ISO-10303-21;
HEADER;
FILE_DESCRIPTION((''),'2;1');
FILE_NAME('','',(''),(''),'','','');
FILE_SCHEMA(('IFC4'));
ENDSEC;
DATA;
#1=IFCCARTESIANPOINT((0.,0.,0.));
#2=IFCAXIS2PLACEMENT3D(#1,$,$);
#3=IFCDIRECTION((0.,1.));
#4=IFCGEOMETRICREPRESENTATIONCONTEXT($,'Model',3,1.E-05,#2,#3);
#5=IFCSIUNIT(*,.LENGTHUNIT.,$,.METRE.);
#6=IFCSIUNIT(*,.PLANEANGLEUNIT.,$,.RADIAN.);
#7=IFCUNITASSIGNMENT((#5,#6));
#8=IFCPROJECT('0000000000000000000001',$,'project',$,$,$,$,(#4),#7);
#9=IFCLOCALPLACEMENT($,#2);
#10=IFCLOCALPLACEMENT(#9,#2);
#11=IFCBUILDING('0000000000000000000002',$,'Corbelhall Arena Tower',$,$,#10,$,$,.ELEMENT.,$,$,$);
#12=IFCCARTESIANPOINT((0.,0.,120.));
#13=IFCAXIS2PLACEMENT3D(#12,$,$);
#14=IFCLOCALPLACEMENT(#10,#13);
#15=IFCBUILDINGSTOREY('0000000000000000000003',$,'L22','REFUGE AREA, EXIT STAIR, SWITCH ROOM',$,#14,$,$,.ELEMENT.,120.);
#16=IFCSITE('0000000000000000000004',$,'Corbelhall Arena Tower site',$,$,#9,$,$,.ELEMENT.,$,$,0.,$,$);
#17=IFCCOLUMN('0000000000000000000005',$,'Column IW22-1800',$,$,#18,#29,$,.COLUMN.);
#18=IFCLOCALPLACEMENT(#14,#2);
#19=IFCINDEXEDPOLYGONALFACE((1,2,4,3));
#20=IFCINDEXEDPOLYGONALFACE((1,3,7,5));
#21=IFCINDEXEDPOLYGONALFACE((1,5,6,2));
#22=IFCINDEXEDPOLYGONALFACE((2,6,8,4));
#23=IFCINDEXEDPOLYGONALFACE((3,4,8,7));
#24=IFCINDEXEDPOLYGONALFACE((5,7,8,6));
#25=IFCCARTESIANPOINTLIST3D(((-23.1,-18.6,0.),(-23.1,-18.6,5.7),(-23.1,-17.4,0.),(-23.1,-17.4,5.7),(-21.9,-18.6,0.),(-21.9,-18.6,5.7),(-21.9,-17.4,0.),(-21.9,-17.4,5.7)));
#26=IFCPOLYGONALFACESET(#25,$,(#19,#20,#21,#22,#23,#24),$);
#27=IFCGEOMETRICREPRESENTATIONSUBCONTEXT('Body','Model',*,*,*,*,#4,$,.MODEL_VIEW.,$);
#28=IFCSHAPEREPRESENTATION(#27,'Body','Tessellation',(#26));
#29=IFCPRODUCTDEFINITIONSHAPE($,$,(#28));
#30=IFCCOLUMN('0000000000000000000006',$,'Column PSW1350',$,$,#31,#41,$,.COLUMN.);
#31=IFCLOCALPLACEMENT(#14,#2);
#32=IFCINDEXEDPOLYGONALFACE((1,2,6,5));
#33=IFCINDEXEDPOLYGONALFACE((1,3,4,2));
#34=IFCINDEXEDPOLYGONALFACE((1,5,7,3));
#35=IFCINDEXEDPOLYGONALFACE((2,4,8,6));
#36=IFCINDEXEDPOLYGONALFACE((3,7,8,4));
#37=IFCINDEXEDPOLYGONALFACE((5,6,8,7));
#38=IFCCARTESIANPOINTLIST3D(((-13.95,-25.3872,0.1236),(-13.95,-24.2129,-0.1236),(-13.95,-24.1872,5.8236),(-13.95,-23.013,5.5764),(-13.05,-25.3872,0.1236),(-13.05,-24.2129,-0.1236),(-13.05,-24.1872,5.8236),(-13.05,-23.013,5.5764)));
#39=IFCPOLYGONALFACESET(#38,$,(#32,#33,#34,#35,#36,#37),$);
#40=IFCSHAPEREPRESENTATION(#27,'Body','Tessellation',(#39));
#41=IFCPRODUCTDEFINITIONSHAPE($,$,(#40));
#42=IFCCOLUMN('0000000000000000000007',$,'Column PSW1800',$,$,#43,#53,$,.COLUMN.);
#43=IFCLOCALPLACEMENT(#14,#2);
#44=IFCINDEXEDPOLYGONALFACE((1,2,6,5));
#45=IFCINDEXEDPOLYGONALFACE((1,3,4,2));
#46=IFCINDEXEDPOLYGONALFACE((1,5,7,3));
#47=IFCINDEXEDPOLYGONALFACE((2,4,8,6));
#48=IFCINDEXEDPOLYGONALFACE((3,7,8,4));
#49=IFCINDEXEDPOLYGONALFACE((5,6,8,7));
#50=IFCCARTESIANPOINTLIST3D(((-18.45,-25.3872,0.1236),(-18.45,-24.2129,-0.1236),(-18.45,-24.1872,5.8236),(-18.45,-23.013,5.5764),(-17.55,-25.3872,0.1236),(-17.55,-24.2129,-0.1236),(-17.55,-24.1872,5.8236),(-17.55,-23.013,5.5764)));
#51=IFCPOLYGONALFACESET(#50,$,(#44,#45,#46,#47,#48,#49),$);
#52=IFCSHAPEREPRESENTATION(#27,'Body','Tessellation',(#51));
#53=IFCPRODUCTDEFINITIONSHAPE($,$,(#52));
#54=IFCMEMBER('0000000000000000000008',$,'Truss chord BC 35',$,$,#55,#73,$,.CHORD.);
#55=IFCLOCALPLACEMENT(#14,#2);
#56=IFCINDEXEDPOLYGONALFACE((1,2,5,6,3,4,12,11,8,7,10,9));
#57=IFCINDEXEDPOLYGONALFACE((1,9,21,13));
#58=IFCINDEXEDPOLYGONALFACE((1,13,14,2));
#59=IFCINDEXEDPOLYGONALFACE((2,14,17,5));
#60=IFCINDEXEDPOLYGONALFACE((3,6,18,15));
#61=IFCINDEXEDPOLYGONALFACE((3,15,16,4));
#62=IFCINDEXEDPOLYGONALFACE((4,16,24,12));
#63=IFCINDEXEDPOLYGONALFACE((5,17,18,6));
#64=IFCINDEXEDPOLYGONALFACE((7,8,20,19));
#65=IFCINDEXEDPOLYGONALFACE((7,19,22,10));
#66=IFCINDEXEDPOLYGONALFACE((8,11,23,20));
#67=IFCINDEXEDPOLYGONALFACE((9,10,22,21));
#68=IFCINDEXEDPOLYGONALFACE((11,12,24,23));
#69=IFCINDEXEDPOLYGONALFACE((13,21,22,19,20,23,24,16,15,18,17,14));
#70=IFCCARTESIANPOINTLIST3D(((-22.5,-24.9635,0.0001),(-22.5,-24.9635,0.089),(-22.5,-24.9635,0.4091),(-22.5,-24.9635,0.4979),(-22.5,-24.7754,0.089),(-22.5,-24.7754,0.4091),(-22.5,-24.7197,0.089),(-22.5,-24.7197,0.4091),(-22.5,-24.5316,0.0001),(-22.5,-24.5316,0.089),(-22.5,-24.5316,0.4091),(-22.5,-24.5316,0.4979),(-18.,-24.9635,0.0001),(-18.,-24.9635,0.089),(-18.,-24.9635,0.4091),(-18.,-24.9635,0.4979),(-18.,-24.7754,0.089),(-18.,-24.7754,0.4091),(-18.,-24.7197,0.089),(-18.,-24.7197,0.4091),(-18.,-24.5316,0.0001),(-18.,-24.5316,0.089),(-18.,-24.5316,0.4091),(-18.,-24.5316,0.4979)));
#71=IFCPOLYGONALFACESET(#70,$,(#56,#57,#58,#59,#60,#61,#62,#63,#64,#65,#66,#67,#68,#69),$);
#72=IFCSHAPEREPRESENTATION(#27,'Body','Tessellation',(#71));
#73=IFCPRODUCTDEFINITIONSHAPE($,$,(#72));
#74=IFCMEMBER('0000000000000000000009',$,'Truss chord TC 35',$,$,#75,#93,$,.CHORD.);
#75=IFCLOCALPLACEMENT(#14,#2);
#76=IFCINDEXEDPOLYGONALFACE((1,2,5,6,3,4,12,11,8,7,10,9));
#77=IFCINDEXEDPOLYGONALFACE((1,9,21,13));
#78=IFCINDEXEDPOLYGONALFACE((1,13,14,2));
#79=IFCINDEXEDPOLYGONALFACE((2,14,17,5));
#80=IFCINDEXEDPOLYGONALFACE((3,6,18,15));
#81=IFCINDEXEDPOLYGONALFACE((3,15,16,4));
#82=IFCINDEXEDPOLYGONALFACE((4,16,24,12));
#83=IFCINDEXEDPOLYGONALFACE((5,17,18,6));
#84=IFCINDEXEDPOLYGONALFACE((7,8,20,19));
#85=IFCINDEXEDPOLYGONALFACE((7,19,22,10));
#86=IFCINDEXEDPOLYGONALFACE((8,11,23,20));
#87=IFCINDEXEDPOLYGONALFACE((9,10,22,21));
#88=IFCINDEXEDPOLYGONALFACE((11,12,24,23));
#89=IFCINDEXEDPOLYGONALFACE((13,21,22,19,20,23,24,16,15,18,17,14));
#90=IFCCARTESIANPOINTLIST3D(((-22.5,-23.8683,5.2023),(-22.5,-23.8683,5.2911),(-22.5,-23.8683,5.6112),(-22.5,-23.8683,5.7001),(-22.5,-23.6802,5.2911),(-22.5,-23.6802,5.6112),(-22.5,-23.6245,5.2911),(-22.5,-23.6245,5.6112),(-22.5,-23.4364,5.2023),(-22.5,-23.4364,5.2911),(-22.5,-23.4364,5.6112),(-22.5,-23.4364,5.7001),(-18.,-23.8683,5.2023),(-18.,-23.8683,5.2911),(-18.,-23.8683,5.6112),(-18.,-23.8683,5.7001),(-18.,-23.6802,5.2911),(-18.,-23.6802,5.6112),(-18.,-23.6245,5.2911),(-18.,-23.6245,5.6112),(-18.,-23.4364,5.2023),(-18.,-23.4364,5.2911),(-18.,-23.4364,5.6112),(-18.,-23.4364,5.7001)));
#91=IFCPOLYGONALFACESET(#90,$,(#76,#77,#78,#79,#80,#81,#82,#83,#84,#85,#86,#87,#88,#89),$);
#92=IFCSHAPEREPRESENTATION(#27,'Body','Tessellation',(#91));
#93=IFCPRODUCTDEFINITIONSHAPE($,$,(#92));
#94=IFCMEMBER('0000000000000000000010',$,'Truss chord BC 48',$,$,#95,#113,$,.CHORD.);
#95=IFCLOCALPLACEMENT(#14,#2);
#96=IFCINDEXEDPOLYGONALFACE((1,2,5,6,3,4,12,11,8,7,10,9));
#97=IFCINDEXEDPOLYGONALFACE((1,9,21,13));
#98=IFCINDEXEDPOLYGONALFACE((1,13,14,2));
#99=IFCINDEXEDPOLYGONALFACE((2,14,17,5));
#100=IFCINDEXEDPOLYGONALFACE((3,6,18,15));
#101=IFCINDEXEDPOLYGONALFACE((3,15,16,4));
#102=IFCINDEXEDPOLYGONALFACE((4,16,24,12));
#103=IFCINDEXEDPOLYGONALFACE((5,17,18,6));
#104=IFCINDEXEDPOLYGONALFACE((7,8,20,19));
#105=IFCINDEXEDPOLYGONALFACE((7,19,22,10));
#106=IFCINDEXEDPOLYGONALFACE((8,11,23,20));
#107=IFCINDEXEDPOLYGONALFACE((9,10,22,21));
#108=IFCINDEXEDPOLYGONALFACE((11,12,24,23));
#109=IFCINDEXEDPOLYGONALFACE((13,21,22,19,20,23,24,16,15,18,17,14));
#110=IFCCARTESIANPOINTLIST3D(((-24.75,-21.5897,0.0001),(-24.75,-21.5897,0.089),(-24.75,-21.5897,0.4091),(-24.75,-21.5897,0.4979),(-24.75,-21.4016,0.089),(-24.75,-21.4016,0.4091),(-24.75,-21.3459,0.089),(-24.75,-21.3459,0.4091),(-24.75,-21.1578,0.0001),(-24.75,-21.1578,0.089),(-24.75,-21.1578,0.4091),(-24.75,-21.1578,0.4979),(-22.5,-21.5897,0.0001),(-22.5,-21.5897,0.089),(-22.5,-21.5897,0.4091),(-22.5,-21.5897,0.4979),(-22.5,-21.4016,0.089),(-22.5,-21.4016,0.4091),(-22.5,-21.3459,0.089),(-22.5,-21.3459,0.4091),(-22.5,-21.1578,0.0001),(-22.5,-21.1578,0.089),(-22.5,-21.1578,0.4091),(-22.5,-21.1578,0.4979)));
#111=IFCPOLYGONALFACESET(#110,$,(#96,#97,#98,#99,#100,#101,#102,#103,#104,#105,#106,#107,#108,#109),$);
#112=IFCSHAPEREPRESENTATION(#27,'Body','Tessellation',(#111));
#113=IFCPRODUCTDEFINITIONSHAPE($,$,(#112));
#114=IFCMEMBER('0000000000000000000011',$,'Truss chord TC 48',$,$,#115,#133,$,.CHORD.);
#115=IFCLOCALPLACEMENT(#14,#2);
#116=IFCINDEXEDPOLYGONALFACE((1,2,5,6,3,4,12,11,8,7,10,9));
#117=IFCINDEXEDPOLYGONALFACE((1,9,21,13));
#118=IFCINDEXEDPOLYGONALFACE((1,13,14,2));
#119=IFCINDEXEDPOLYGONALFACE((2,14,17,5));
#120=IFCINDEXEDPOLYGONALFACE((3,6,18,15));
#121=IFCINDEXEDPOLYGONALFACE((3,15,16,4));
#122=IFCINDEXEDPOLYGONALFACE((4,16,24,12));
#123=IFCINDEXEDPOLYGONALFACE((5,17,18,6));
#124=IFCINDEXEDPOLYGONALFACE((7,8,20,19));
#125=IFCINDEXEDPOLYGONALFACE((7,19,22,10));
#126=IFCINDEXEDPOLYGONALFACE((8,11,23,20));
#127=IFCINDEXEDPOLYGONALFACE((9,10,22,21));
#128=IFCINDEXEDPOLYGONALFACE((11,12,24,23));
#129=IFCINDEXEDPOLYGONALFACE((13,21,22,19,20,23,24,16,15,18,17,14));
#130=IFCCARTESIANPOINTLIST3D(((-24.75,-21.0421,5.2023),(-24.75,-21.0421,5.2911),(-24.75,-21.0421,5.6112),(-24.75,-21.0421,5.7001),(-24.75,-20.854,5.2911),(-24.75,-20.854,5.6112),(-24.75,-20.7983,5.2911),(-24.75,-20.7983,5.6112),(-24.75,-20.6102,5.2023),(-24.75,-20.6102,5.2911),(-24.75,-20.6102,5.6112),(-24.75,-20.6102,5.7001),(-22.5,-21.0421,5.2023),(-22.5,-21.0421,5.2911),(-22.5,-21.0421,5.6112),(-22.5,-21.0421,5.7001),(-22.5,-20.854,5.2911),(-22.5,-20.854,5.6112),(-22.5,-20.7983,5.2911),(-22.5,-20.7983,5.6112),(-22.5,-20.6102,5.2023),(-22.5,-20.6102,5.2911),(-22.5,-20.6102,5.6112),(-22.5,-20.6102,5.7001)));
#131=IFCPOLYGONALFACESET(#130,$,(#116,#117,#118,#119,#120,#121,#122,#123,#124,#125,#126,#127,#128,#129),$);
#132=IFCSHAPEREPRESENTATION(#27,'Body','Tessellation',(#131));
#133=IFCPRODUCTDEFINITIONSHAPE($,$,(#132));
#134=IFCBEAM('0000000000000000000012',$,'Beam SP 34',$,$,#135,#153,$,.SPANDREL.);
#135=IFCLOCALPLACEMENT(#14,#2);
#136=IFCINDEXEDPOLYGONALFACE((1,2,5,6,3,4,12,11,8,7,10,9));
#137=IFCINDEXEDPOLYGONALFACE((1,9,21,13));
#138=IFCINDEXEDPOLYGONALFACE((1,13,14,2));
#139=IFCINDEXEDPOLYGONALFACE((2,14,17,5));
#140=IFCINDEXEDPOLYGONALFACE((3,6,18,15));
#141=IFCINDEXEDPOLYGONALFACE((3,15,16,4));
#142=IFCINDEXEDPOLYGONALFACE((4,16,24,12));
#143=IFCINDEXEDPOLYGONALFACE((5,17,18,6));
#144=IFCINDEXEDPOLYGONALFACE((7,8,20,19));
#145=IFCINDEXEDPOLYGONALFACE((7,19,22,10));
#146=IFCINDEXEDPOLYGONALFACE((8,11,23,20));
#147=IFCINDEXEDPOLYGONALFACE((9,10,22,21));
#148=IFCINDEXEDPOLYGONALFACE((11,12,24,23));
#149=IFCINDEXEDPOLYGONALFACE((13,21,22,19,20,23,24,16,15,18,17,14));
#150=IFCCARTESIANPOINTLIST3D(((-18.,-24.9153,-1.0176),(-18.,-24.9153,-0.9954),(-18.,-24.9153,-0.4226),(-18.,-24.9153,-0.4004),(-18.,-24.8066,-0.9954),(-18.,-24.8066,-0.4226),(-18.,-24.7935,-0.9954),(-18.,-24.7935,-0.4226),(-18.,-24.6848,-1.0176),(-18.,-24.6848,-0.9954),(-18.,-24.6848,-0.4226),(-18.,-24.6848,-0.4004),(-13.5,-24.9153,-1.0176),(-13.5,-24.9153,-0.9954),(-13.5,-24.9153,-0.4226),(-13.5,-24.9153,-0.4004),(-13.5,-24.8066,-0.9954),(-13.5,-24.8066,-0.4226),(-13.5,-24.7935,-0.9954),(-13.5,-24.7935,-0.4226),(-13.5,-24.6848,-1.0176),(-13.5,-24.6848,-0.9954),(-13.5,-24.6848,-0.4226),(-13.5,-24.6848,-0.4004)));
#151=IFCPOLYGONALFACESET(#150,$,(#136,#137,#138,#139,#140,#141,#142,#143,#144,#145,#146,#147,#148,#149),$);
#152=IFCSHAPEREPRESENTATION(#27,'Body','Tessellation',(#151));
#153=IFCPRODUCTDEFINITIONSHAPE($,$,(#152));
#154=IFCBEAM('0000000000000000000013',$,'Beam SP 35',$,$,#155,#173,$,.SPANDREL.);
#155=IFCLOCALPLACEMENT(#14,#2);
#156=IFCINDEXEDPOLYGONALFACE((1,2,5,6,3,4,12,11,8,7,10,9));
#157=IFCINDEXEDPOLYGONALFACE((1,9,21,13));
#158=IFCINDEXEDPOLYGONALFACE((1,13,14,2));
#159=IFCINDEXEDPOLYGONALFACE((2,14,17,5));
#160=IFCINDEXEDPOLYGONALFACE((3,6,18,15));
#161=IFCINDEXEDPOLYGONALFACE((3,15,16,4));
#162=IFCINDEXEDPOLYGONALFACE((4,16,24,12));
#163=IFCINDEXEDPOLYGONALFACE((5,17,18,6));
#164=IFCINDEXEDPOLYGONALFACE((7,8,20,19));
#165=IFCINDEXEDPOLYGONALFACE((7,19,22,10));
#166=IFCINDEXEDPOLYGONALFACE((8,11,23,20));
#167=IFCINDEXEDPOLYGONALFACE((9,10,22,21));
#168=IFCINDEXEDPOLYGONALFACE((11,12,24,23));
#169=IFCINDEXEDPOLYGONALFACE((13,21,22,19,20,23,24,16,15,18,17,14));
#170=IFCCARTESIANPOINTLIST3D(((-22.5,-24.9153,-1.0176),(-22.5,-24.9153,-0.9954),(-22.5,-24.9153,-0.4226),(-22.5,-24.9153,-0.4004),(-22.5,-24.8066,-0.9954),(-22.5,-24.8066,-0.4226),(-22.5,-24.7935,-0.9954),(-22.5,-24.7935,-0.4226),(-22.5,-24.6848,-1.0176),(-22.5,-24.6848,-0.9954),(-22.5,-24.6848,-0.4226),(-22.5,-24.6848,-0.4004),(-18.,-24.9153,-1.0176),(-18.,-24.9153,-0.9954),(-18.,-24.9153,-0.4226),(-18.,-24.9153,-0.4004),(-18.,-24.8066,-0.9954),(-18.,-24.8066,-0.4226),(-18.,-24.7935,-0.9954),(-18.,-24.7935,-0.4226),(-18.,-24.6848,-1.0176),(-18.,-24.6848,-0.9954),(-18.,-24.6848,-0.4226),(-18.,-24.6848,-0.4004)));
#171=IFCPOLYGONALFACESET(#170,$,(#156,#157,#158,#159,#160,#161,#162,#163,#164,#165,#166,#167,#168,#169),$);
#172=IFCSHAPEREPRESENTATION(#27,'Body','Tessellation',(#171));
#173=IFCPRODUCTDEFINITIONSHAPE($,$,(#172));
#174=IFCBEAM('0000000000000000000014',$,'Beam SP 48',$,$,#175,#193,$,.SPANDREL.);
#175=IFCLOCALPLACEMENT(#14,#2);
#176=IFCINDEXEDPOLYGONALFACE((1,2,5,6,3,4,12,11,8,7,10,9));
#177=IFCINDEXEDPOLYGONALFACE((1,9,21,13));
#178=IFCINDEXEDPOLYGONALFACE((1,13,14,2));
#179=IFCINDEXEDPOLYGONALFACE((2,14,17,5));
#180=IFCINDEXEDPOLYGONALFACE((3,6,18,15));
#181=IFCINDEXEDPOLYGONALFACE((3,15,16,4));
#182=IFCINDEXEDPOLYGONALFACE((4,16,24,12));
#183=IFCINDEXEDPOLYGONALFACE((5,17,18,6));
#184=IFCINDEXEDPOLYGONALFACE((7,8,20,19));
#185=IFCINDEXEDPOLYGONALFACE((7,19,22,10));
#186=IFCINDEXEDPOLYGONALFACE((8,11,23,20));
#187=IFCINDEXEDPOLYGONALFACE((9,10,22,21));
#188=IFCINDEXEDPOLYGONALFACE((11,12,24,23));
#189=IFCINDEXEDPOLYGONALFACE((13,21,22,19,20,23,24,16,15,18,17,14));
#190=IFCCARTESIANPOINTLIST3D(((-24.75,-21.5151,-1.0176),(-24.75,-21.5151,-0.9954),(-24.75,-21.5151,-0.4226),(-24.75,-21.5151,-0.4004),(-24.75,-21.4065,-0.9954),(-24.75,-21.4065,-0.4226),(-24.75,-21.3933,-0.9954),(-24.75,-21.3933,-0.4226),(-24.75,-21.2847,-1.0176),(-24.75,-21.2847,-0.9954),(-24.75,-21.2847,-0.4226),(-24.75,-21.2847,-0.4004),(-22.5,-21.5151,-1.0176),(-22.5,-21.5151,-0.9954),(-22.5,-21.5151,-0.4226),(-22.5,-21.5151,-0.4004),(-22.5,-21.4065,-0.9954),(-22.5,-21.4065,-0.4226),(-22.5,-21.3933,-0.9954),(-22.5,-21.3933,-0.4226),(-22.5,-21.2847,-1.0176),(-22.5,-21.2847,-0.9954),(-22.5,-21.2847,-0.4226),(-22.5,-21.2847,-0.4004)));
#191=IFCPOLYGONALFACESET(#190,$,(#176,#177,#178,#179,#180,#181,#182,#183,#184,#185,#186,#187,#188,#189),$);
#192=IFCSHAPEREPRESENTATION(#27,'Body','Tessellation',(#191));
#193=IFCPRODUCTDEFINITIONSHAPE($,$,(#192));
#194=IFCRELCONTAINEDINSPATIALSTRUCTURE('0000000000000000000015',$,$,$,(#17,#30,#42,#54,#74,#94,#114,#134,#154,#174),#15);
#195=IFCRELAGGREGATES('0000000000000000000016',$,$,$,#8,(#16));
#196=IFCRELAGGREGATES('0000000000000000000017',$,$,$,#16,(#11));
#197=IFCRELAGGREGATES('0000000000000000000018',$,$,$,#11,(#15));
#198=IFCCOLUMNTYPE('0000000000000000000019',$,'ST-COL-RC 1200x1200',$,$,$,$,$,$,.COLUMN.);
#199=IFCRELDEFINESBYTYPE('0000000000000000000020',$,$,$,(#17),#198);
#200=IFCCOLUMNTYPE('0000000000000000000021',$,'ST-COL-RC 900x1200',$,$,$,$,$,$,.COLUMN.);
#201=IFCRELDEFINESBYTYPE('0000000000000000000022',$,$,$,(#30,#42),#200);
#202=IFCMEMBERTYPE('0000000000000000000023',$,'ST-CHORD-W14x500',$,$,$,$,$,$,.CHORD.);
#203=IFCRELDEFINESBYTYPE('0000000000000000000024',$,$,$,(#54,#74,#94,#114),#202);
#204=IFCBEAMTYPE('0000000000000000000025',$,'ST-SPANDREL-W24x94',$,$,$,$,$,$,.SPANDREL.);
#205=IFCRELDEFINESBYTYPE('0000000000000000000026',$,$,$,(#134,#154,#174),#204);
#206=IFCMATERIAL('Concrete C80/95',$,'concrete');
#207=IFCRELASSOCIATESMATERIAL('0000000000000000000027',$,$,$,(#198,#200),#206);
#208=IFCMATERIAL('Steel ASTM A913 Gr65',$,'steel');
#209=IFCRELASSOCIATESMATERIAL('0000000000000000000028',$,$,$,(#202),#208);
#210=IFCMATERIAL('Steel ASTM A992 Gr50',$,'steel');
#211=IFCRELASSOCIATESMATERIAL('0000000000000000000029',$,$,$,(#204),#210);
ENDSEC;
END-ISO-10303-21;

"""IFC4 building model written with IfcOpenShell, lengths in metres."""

from ifc_helpers import new_model, si_unit, direction, frame, origin, origin_2d, place, context, subcontext, project, spatial, rectangle, i_section, extrude, material, material_profile, profile_set, type_object, element, save


model = new_model("IFC4")

# Units and contexts
model_context = context("Model", 3, precision=1e-05, world=origin(), true_north=direction((0.0, 1.0)))
body_context = subcontext(model_context, "Body", "Model", "MODEL_VIEW")
ifc_project = project(units=[si_unit("LENGTHUNIT", "METRE"), si_unit("PLANEANGLEUNIT", "RADIAN")], contexts=[model_context])

# Site, building, storey
site_placement = place(None, origin())
site = spatial("IfcSite", under=ifc_project, at=site_placement, Name="Corbelhall Arena Tower site", CompositionType="ELEMENT", RefElevation=0.0)
building_placement = place(site_placement, origin())
building = spatial("IfcBuilding", under=site, at=building_placement, Name="Corbelhall Arena Tower", CompositionType="ELEMENT")
storey_placement = place(building_placement, frame((0.0, 0.0, 120.0)))
storey = spatial("IfcBuildingStorey", under=building, at=storey_placement, Name="L22", Description="REFUGE AREA, EXIT STAIR, SWITCH ROOM", CompositionType="ELEMENT", Elevation=120.0)

# Columns
ifc_material_1 = material(Name="Concrete C80/95", Category="concrete")
ifc_material_profile_1 = material_profile(ifc_material_1, rectangle(XDim=1.2, YDim=1.2, at=origin_2d()))
ifc_profile_set_1 = profile_set([ifc_material_profile_1], Name="Concrete C80/95")
column_type_1 = type_object("IfcColumnType", Name="ST-COL-RC 1200x1200", PredefinedType="COLUMN", material=ifc_profile_set_1)
column_placement = place(storey_placement, frame((-22.5, -18.0, 0.0), z_axis=(0.0, 0.0, 1.0), x_axis=(1.0, 0.0, 0.0)))
element("IfcColumn", 1, at=column_placement, inside=storey, type_object=column_type_1, Name="Column IW22-1800", PredefinedType="COLUMN", context=body_context, shape_type="SweptSolid", body=[
    extrude(rectangle(XDim=1.2, YDim=1.2, at=origin_2d()), origin(), (0.0, 0.0, 1.0), 5.7),
])
ifc_material_profile_2 = material_profile(ifc_material_1, rectangle(XDim=0.8999, YDim=1.2, at=origin_2d()))
ifc_profile_set_2 = profile_set([ifc_material_profile_2], Name="Concrete C80/95")
column_type_2 = type_object("IfcColumnType", Name="ST-COL-RC 900x1200", PredefinedType="COLUMN", material=ifc_profile_set_2)
for number, where, z_axis, x_axis, name in (
    (2, (-13.5, -24.8, 0.0), (0.0, 0.206004, 0.978551), (-1.0, 0.0, 0.0), "Column PSW1350"),
    (3, (-18.0, -24.8, 0.0), (0.0, 0.206004, 0.978551), (-1.0, 0.0, 0.0), "Column PSW1800"),
):
    element("IfcColumn", number, at=place(storey_placement, frame(where, z_axis=z_axis, x_axis=x_axis)), inside=storey, type_object=column_type_2, Name=name, PredefinedType="COLUMN", context=body_context, shape_type="SweptSolid", body=[
        extrude(rectangle(XDim=0.8999, YDim=1.2, at=origin_2d()), origin(), (0.0, 0.0, 1.0), 5.825),
    ])

# Members
ifc_material_2 = material(Name="Steel ASTM A913 Gr65", Category="steel")
ifc_material_profile_3 = material_profile(ifc_material_2, i_section(OverallWidth=0.4319, OverallDepth=0.4978, WebThickness=0.0557, FlangeThickness=0.0889, at=origin_2d()))
ifc_profile_set_3 = profile_set([ifc_material_profile_3], Name="Steel ASTM A913 Gr65")
member_type_1 = type_object("IfcMemberType", Name="ST-CHORD-W14x500", PredefinedType="CHORD", material=ifc_profile_set_3)
for number, where, z_axis, x_axis, name in (
    (4, (-18.0, -24.7476, 0.249), (-1.0, 0.0, 0.0), (0.0, -1.0, 0.0), "Truss chord BC 35"),
    (5, (-18.0, -23.6523, 5.4512), (-1.0, 0.0, 0.0), (0.0, -1.0, 0.0), "Truss chord TC 35"),
):
    element("IfcMember", number, at=place(storey_placement, frame(where, z_axis=z_axis, x_axis=x_axis)), inside=storey, type_object=member_type_1, Name=name, PredefinedType="CHORD", context=body_context, shape_type="SweptSolid", body=[
        extrude(i_section(OverallWidth=0.4319, OverallDepth=0.4978, WebThickness=0.0557, FlangeThickness=0.0889, at=origin_2d()), origin(), (0.0, 0.0, 1.0), 4.5),
    ])
for number, where, z_axis, x_axis, name in (
    (6, (-22.5, -21.3738, 0.249), (-1.0, 0.0, 0.0), (0.0, -1.0, 0.0), "Truss chord BC 48"),
    (7, (-22.5, -20.8262, 5.4512), (-1.0, 0.0, 0.0), (0.0, -1.0, 0.0), "Truss chord TC 48"),
):
    element("IfcMember", number, at=place(storey_placement, frame(where, z_axis=z_axis, x_axis=x_axis)), inside=storey, type_object=member_type_1, Name=name, PredefinedType="CHORD", context=body_context, shape_type="SweptSolid", body=[
        extrude(i_section(OverallWidth=0.4319, OverallDepth=0.4978, WebThickness=0.0557, FlangeThickness=0.0889, at=origin_2d()), origin(), (0.0, 0.0, 1.0), 2.25),
    ])

# Beams
ifc_material_3 = material(Name="Steel ASTM A992 Gr50", Category="steel")
ifc_material_profile_4 = material_profile(ifc_material_3, i_section(OverallWidth=0.2305, OverallDepth=0.6172, WebThickness=0.0132, FlangeThickness=0.0222, at=origin_2d()))
ifc_profile_set_4 = profile_set([ifc_material_profile_4], Name="Steel ASTM A992 Gr50")
beam_type = type_object("IfcBeamType", Name="ST-SPANDREL-W24x94", PredefinedType="SPANDREL", material=ifc_profile_set_4)
for number, where, z_axis, x_axis, name in (
    (8, (-13.5, -24.8, -0.709), (-1.0, 0.0, 0.0), (0.0, -1.0, 0.0), "Beam SP 34"),
    (9, (-18.0, -24.8, -0.709), (-1.0, 0.0, 0.0), (0.0, -1.0, 0.0), "Beam SP 35"),
):
    element("IfcBeam", number, at=place(storey_placement, frame(where, z_axis=z_axis, x_axis=x_axis)), inside=storey, type_object=beam_type, Name=name, PredefinedType="SPANDREL", context=body_context, shape_type="SweptSolid", body=[
        extrude(i_section(OverallWidth=0.2305, OverallDepth=0.6172, WebThickness=0.0132, FlangeThickness=0.0222, at=origin_2d()), origin(), (0.0, 0.0, 1.0), 4.5),
    ])
beam_placement = place(storey_placement, frame((-22.5, -21.3999, -0.709), z_axis=(-1.0, 0.0, 0.0), x_axis=(0.0, -1.0, 0.0)))
element("IfcBeam", 10, at=beam_placement, inside=storey, type_object=beam_type, Name="Beam SP 48", PredefinedType="SPANDREL", context=body_context, shape_type="SweptSolid", body=[
    extrude(i_section(OverallWidth=0.2305, OverallDepth=0.6172, WebThickness=0.0132, FlangeThickness=0.0222, at=origin_2d()), origin(), (0.0, 0.0, 1.0), 2.25),
])

save(model, "model.ifc")
